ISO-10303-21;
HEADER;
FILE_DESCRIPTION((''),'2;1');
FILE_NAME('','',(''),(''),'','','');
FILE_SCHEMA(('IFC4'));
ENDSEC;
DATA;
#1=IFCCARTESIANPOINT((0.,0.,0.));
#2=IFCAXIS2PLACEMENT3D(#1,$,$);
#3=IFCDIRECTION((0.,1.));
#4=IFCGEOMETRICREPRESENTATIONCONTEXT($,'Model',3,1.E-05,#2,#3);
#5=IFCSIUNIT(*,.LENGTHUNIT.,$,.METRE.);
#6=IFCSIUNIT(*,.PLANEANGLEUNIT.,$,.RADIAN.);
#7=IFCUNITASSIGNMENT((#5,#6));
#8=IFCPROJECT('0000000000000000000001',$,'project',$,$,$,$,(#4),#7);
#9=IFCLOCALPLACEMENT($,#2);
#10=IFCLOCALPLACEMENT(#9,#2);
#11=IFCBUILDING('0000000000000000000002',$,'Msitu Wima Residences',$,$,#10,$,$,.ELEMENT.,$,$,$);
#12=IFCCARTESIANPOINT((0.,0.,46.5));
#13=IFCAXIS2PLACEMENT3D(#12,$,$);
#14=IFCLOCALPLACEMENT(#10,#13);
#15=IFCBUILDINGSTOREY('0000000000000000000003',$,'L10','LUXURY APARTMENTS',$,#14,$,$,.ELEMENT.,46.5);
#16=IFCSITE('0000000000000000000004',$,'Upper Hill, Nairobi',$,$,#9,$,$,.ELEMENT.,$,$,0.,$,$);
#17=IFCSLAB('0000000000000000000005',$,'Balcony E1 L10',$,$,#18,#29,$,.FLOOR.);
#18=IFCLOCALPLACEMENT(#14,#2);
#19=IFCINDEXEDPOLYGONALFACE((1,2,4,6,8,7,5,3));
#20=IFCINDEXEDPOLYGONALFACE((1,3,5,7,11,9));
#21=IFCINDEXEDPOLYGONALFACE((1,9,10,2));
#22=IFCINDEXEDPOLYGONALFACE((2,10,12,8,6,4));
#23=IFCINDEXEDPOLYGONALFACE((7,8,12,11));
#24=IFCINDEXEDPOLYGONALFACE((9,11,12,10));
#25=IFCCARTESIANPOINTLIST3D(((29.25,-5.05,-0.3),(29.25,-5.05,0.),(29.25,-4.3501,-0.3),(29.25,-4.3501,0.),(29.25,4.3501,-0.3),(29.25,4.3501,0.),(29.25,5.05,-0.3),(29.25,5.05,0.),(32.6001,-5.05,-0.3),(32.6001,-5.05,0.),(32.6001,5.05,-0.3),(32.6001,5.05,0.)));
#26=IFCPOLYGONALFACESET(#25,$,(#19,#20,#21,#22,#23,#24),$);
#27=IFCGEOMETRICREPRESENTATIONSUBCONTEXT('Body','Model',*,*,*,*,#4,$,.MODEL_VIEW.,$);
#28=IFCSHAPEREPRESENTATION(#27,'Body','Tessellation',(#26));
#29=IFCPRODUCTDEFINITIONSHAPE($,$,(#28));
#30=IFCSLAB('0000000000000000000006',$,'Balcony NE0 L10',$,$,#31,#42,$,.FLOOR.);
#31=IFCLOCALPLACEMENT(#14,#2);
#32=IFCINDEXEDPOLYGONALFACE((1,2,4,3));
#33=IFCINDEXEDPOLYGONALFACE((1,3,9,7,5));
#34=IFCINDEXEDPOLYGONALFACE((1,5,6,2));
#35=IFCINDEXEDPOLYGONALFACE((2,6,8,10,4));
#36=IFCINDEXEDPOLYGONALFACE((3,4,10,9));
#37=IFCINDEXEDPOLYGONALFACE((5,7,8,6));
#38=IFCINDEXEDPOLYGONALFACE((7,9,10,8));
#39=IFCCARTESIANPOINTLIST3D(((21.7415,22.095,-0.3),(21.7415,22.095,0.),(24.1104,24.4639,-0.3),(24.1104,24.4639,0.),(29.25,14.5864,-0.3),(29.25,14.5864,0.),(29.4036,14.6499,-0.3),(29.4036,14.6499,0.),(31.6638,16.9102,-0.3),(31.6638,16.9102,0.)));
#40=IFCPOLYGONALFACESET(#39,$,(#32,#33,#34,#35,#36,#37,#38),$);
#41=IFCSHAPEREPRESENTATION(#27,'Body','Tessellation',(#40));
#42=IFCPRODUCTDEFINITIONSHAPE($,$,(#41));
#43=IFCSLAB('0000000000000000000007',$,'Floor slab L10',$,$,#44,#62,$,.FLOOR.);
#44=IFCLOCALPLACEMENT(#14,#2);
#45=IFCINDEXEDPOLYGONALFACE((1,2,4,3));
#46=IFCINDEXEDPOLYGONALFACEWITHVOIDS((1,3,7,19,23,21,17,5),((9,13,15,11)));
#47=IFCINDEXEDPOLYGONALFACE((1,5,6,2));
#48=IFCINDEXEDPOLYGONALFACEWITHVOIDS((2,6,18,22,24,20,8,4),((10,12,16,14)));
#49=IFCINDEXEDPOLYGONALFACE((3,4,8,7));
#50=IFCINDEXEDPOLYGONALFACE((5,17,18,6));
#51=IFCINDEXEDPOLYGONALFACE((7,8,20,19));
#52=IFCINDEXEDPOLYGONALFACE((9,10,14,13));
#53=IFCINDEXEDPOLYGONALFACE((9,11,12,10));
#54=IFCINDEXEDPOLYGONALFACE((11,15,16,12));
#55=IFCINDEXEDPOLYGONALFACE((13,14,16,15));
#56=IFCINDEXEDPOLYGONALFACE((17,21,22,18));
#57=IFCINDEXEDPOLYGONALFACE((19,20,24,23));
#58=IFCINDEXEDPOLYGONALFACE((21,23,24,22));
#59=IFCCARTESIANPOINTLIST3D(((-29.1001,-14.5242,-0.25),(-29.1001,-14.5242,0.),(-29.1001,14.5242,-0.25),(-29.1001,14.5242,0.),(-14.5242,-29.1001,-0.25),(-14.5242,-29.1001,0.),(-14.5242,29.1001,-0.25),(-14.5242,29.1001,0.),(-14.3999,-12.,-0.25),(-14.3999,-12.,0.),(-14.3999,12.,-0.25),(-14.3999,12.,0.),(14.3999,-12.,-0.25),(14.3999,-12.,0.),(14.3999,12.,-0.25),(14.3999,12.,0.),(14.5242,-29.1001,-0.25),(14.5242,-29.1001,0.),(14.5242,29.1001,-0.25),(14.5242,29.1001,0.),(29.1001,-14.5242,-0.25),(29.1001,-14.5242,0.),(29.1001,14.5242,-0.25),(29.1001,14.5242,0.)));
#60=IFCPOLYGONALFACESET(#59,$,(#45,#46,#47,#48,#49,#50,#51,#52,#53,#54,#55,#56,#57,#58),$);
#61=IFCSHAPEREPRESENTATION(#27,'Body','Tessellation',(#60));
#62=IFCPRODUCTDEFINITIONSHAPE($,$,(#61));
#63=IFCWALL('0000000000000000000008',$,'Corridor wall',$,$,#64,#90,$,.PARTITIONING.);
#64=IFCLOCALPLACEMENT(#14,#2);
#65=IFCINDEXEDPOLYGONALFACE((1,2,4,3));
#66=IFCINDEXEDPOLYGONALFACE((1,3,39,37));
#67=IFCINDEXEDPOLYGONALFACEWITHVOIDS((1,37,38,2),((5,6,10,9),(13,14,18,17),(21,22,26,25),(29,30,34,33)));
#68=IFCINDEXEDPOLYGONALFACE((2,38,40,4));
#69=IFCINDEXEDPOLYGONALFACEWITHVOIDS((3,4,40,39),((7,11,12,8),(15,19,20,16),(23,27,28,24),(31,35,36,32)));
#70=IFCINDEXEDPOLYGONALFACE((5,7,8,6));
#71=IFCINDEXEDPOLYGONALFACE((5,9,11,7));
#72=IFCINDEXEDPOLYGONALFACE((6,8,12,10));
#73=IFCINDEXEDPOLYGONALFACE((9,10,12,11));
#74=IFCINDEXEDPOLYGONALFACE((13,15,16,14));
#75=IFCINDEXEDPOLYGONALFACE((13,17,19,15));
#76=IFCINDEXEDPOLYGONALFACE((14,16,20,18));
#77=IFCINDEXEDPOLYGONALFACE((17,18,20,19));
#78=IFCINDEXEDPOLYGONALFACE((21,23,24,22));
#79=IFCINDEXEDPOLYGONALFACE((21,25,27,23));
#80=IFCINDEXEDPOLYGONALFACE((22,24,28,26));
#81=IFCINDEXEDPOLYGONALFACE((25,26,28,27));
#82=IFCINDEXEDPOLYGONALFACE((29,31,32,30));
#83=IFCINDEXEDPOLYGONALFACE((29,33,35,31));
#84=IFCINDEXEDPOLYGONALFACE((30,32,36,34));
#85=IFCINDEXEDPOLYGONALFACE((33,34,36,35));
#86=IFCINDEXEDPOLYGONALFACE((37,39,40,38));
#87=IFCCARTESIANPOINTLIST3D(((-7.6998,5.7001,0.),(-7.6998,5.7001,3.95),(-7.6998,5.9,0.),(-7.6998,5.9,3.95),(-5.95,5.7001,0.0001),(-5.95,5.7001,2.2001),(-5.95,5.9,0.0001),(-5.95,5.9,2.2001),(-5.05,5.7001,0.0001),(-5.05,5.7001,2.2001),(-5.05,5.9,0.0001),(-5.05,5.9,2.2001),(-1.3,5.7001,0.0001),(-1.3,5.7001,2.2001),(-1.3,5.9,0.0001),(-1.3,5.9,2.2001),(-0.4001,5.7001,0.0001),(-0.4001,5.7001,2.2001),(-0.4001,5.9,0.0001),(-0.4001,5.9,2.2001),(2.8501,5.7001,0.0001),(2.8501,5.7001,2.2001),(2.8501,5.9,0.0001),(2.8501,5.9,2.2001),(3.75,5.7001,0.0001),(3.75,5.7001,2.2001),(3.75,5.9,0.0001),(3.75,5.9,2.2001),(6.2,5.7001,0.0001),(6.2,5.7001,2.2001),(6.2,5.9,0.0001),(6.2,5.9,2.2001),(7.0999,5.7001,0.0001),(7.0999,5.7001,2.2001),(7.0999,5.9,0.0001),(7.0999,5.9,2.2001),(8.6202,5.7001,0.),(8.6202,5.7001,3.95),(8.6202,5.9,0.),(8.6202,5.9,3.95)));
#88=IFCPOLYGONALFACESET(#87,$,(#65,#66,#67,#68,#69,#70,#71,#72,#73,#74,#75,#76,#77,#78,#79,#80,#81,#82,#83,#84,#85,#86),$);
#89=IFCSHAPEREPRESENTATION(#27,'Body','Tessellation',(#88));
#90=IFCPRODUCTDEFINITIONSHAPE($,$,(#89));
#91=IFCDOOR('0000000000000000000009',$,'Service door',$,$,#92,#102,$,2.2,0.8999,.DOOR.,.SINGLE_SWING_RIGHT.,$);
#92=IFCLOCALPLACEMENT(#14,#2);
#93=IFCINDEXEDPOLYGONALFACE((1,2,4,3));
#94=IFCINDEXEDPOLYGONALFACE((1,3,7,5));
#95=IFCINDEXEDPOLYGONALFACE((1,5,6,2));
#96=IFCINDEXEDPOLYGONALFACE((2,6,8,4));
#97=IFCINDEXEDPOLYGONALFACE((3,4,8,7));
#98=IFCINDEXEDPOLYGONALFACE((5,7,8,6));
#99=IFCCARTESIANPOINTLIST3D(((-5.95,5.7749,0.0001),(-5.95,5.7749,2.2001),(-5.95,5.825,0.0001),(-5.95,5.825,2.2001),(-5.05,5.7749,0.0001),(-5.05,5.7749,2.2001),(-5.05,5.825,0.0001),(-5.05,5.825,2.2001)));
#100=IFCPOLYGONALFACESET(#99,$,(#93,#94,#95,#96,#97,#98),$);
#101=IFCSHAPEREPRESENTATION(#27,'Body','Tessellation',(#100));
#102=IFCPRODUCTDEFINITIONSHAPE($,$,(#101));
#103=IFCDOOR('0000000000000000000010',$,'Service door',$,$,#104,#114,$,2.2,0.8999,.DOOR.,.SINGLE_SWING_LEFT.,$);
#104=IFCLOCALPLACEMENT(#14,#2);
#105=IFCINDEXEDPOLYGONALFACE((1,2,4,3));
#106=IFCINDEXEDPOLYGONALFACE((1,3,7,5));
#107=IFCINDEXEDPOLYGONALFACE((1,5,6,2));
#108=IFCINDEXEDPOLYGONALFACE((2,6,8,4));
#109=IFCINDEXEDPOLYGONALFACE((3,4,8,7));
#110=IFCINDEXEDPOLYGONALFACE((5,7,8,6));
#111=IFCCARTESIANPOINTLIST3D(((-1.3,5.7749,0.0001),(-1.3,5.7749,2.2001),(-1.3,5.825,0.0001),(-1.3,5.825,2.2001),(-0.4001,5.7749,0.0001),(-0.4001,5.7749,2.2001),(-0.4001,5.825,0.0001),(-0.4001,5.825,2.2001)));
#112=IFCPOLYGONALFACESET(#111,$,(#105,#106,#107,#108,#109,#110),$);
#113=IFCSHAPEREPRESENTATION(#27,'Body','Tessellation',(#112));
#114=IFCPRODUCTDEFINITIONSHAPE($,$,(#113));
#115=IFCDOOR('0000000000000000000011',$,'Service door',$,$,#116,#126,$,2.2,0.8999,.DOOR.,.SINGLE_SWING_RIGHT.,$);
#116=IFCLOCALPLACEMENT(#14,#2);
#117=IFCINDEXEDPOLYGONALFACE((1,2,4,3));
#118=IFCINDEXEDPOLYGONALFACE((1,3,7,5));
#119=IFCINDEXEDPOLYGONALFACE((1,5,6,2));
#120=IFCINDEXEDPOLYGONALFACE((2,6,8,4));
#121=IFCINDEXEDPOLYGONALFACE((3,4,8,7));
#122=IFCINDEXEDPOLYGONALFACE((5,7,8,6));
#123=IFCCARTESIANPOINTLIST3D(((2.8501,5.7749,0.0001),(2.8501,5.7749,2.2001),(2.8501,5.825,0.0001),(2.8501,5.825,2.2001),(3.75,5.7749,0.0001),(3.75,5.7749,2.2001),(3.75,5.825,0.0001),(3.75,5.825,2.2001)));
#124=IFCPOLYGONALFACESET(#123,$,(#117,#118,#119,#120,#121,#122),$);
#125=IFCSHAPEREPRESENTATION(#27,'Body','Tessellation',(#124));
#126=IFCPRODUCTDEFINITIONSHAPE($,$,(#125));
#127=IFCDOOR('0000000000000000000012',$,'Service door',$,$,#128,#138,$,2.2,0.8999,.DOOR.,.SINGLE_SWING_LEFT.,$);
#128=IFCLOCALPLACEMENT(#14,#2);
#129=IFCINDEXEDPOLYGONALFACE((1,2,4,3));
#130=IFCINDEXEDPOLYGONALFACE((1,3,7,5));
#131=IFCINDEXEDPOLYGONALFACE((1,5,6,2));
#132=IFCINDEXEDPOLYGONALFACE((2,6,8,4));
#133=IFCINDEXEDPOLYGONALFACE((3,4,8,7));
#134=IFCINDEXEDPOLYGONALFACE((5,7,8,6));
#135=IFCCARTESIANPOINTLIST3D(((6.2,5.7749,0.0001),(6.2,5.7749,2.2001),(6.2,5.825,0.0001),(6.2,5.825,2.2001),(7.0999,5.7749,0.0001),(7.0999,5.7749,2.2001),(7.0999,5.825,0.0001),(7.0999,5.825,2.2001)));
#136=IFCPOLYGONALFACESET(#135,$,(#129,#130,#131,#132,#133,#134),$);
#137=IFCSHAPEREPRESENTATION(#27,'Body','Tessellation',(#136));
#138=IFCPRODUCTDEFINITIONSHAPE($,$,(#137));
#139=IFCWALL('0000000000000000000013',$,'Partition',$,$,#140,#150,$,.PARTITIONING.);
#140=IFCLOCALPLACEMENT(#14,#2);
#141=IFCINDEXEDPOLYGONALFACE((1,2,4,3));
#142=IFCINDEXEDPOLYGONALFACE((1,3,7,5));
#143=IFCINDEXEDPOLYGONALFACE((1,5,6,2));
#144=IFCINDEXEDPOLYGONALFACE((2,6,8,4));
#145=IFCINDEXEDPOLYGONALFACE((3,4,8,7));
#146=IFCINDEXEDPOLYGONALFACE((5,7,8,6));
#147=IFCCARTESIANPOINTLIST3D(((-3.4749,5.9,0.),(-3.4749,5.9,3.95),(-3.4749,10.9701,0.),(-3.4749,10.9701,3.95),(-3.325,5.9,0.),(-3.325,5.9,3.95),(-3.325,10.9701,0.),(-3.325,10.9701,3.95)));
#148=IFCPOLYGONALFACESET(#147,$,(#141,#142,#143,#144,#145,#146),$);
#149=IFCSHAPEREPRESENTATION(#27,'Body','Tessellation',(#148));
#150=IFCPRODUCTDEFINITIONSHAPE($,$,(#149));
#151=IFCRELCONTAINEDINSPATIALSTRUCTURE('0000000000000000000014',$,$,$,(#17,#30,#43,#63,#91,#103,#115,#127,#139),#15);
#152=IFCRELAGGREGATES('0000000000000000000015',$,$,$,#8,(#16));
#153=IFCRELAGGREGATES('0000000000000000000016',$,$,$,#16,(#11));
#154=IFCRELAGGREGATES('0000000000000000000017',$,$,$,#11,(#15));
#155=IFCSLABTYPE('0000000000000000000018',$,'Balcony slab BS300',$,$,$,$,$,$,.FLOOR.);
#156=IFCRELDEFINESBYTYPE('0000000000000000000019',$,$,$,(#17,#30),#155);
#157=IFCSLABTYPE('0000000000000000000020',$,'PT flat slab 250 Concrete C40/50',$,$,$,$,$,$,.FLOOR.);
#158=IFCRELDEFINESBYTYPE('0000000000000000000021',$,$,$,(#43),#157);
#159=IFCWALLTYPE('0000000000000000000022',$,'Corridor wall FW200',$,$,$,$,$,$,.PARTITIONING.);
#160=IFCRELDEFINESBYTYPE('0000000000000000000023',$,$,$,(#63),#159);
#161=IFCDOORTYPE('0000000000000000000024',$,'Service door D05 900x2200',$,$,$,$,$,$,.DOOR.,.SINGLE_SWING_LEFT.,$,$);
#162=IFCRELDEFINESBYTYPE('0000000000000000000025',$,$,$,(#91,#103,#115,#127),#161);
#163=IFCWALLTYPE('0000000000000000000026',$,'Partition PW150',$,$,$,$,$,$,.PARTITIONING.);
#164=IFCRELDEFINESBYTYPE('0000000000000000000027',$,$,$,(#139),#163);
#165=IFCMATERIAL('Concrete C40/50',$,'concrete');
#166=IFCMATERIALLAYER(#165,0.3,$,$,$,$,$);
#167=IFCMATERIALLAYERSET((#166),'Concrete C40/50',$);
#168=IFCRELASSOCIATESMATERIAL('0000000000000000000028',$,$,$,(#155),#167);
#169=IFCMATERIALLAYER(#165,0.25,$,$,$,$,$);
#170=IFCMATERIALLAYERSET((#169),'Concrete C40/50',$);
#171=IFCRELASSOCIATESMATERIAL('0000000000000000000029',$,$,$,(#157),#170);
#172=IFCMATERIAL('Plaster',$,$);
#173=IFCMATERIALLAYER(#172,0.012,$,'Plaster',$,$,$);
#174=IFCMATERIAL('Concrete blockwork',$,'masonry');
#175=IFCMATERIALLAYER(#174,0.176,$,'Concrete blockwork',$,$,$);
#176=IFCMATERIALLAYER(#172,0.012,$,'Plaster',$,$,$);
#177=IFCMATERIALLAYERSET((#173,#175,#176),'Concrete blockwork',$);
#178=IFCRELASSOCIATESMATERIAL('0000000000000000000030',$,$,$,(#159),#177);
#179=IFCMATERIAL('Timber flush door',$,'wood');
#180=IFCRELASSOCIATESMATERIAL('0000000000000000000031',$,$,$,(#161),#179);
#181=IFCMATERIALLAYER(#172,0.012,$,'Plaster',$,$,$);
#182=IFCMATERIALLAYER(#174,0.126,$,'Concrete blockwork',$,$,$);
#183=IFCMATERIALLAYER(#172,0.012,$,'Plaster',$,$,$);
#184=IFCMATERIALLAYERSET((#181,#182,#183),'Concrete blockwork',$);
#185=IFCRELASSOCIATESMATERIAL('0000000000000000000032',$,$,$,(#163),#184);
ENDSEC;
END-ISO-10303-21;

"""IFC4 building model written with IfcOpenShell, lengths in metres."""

from ifc_helpers import new_model, si_unit, direction, frame, frame_2d, origin, place, context, subcontext, project, spatial, polyline, rectangle, outline, extrude, material, layer, layer_set, type_object, element, fill, save


model = new_model("IFC4")

# Units and contexts
model_context = context("Model", 3, precision=1e-05, world=origin(), true_north=direction((0.0, 1.0)))
body_context = subcontext(model_context, "Body", "Model", "MODEL_VIEW")
ifc_project = project(units=[si_unit("LENGTHUNIT", "METRE"), si_unit("PLANEANGLEUNIT", "RADIAN")], contexts=[model_context])

# Site, building, storey
site_placement = place(None, origin())
site = spatial("IfcSite", under=ifc_project, at=site_placement, Name="Upper Hill, Nairobi", CompositionType="ELEMENT", RefElevation=0.0)
building_placement = place(site_placement, origin())
building = spatial("IfcBuilding", under=site, at=building_placement, Name="Msitu Wima Residences", CompositionType="ELEMENT")
storey_placement = place(building_placement, frame((0.0, 0.0, 46.5)))
storey = spatial("IfcBuildingStorey", under=building, at=storey_placement, Name="L10", Description="LUXURY APARTMENTS", CompositionType="ELEMENT", Elevation=46.5)

# Slabs
ifc_material_1 = material(Name="Concrete C40/50", Category="concrete")
ifc_layer_1 = layer(ifc_material_1, 0.3)
ifc_layer_set_1 = layer_set([ifc_layer_1], Name="Concrete C40/50")
slab_type_1 = type_object("IfcSlabType", Name="Balcony slab BS300", PredefinedType="FLOOR", material=ifc_layer_set_1)
slab_1_placement = place(storey_placement, frame((0.0, 0.0, -0.3)))
element("IfcSlab", 1, at=slab_1_placement, inside=storey, type_object=slab_type_1, Name="Balcony E1 L10", PredefinedType="FLOOR", context=body_context, shape_type="SweptSolid", body=[
    extrude(outline(polyline([(29.25, -4.3501), (29.25, 4.3501), (29.25, 5.05), (32.6001, 5.05), (32.6001, -5.05), (29.25, -5.05), (29.25, -4.3501)])), origin(), (0.0, 0.0, 1.0), 0.3),
])
slab_2_placement = place(storey_placement, frame((0.0, 0.0, -0.3)))
element("IfcSlab", 2, at=slab_2_placement, inside=storey, type_object=slab_type_1, Name="Balcony NE0 L10", PredefinedType="FLOOR", context=body_context, shape_type="SweptSolid", body=[
    extrude(outline(polyline([(24.1104, 24.4639), (31.6638, 16.9102), (29.4036, 14.6499), (29.25, 14.5864), (21.7415, 22.095), (24.1104, 24.4639)])), origin(), (0.0, 0.0, 1.0), 0.3),
])
ifc_layer_2 = layer(ifc_material_1, 0.25)
ifc_layer_set_2 = layer_set([ifc_layer_2], Name="Concrete C40/50")
slab_type_2 = type_object("IfcSlabType", Name="PT flat slab 250 Concrete C40/50", PredefinedType="FLOOR", material=ifc_layer_set_2)
slab_3_placement = place(storey_placement, frame((0.0, 0.0, -0.25)))
element("IfcSlab", 3, at=slab_3_placement, inside=storey, type_object=slab_type_2, Name="Floor slab L10", PredefinedType="FLOOR", context=body_context, shape_type="SweptSolid", body=[
    extrude(outline(polyline([(29.1001, -14.5242), (14.5242, -29.1001), (-14.5242, -29.1001), (-29.1001, -14.5242), (-29.1001, 14.5242), (-14.5242, 29.1001), (14.5242, 29.1001), (29.1001, 14.5242), (29.1001, -14.5242)]), holes=[polyline([(-14.3999, -12.0), (14.3999, -12.0), (14.3999, 12.0), (-14.3999, 12.0), (-14.3999, -12.0)])]), origin(), (0.0, 0.0, 1.0), 0.25),
])

# Shared definitions
ifc_material_2 = material(Name="Plaster")
ifc_layer_3 = layer(ifc_material_2, 0.012, Name="Plaster")
ifc_material_3 = material(Name="Concrete blockwork", Category="masonry")
ifc_layer_4 = layer(ifc_material_3, 0.176, Name="Concrete blockwork")
ifc_layer_5 = layer(ifc_material_2, 0.012, Name="Plaster")
ifc_layer_set_3 = layer_set([ifc_layer_3, ifc_layer_4, ifc_layer_5], Name="Concrete blockwork")
wall_type_1 = type_object("IfcWallType", Name="Corridor wall FW200", PredefinedType="PARTITIONING", material=ifc_layer_set_3)

# Wall, openings, doors
wall_1_placement = place(storey_placement, frame((-7.7, 5.8, 0.0), z_axis=(0.0, 0.0, 1.0), x_axis=(1.0, 0.0, 0.0)))
wall_1 = element("IfcWall", 4, at=wall_1_placement, inside=storey, type_object=wall_type_1, Name="Corridor wall", PredefinedType="PARTITIONING", context=body_context, shape_type="SweptSolid", body=[
    extrude(rectangle(XDim=16.3201, YDim=0.2, at=frame_2d((8.1602, 0.0))), origin(), (0.0, 0.0, 1.0), 3.95),
])
opening_1_placement = place(wall_1_placement, frame((1.75, 0.0, 0.0)))
opening_1 = element("IfcOpeningElement", 5, at=opening_1_placement, cuts=wall_1, PredefinedType="OPENING", context=body_context, shape_type="SweptSolid", body=[
    extrude(rectangle(XDim=0.8999, YDim=2.2, at=frame_2d((0.45, 1.1001))), frame((0.0, 0.1099, 0.0), z_axis=(0.0, -1.0, 0.0), x_axis=(1.0, 0.0, 0.0)), (0.0, 0.0, 1.0), 0.22),
])
opening_2_placement = place(wall_1_placement, frame((6.3999, 0.0, 0.0)))
opening_2 = element("IfcOpeningElement", 6, at=opening_2_placement, cuts=wall_1, PredefinedType="OPENING", context=body_context, shape_type="SweptSolid", body=[
    extrude(rectangle(XDim=0.8999, YDim=2.2, at=frame_2d((0.45, 1.1001))), frame((0.0, 0.1099, 0.0), z_axis=(0.0, -1.0, 0.0), x_axis=(1.0, 0.0, 0.0)), (0.0, 0.0, 1.0), 0.22),
])
opening_3_placement = place(wall_1_placement, frame((10.55, 0.0, 0.0)))
opening_3 = element("IfcOpeningElement", 7, at=opening_3_placement, cuts=wall_1, PredefinedType="OPENING", context=body_context, shape_type="SweptSolid", body=[
    extrude(rectangle(XDim=0.8999, YDim=2.2, at=frame_2d((0.45, 1.1001))), frame((0.0, 0.1099, 0.0), z_axis=(0.0, -1.0, 0.0), x_axis=(1.0, 0.0, 0.0)), (0.0, 0.0, 1.0), 0.22),
])
opening_4_placement = place(wall_1_placement, frame((13.8999, 0.0, 0.0)))
opening_4 = element("IfcOpeningElement", 8, at=opening_4_placement, cuts=wall_1, PredefinedType="OPENING", context=body_context, shape_type="SweptSolid", body=[
    extrude(rectangle(XDim=0.8999, YDim=2.2, at=frame_2d((0.45, 1.1001))), frame((0.0, 0.1099, 0.0), z_axis=(0.0, -1.0, 0.0), x_axis=(1.0, 0.0, 0.0)), (0.0, 0.0, 1.0), 0.22),
])
ifc_material_4 = material(Name="Timber flush door", Category="wood")
door_type_1 = type_object("IfcDoorType", Name="Service door D05 900x2200", OperationType="SINGLE_SWING_LEFT", PredefinedType="DOOR", material=ifc_material_4)
door_1_placement = place(opening_1_placement, origin())
door_1 = element("IfcDoor", 9, at=door_1_placement, inside=storey, type_object=door_type_1, Name="Service door", OperationType="SINGLE_SWING_RIGHT", OverallHeight=2.2, OverallWidth=0.8999, PredefinedType="DOOR", context=body_context, shape_type="SweptSolid", body=[
    extrude(rectangle(XDim=0.8999, YDim=2.2, at=frame_2d((0.45, 1.1001))), frame((0.0, 0.0249, 0.0), z_axis=(0.0, -1.0, 0.0), x_axis=(1.0, 0.0, 0.0)), (0.0, 0.0, 1.0), 0.05),
])
fill(opening_1, door_1)
door_2_placement = place(opening_2_placement, origin())
door_2 = element("IfcDoor", 10, at=door_2_placement, inside=storey, type_object=door_type_1, Name="Service door", OperationType="SINGLE_SWING_LEFT", OverallHeight=2.2, OverallWidth=0.8999, PredefinedType="DOOR", context=body_context, shape_type="SweptSolid", body=[
    extrude(rectangle(XDim=0.8999, YDim=2.2, at=frame_2d((0.45, 1.1001))), frame((0.0, 0.0249, 0.0), z_axis=(0.0, -1.0, 0.0), x_axis=(1.0, 0.0, 0.0)), (0.0, 0.0, 1.0), 0.05),
])
fill(opening_2, door_2)
door_3_placement = place(opening_3_placement, origin())
door_3 = element("IfcDoor", 11, at=door_3_placement, inside=storey, type_object=door_type_1, Name="Service door", OperationType="SINGLE_SWING_RIGHT", OverallHeight=2.2, OverallWidth=0.8999, PredefinedType="DOOR", context=body_context, shape_type="SweptSolid", body=[
    extrude(rectangle(XDim=0.8999, YDim=2.2, at=frame_2d((0.45, 1.1001))), frame((0.0, 0.0249, 0.0), z_axis=(0.0, -1.0, 0.0), x_axis=(1.0, 0.0, 0.0)), (0.0, 0.0, 1.0), 0.05),
])
fill(opening_3, door_3)
door_4_placement = place(opening_4_placement, origin())
door_4 = element("IfcDoor", 12, at=door_4_placement, inside=storey, type_object=door_type_1, Name="Service door", OperationType="SINGLE_SWING_LEFT", OverallHeight=2.2, OverallWidth=0.8999, PredefinedType="DOOR", context=body_context, shape_type="SweptSolid", body=[
    extrude(rectangle(XDim=0.8999, YDim=2.2, at=frame_2d((0.45, 1.1001))), frame((0.0, 0.0249, 0.0), z_axis=(0.0, -1.0, 0.0), x_axis=(1.0, 0.0, 0.0)), (0.0, 0.0, 1.0), 0.05),
])
fill(opening_4, door_4)

# Wall
ifc_layer_6 = layer(ifc_material_2, 0.012, Name="Plaster")
ifc_layer_7 = layer(ifc_material_3, 0.126, Name="Concrete blockwork")
ifc_layer_8 = layer(ifc_material_2, 0.012, Name="Plaster")
ifc_layer_set_4 = layer_set([ifc_layer_6, ifc_layer_7, ifc_layer_8], Name="Concrete blockwork")
wall_type_2 = type_object("IfcWallType", Name="Partition PW150", PredefinedType="PARTITIONING", material=ifc_layer_set_4)
wall_2_placement = place(storey_placement, frame((-3.3999, 5.8999, 0.0), z_axis=(0.0, 0.0, 1.0), x_axis=(0.0, 1.0, 0.0)))
element("IfcWall", 13, at=wall_2_placement, inside=storey, type_object=wall_type_2, Name="Partition", PredefinedType="PARTITIONING", context=body_context, shape_type="SweptSolid", body=[
    extrude(rectangle(XDim=5.0701, YDim=0.1499, at=frame_2d((2.5352, 0.0))), origin(), (0.0, 0.0, 1.0), 3.95),
])

save(model, "model.ifc")
